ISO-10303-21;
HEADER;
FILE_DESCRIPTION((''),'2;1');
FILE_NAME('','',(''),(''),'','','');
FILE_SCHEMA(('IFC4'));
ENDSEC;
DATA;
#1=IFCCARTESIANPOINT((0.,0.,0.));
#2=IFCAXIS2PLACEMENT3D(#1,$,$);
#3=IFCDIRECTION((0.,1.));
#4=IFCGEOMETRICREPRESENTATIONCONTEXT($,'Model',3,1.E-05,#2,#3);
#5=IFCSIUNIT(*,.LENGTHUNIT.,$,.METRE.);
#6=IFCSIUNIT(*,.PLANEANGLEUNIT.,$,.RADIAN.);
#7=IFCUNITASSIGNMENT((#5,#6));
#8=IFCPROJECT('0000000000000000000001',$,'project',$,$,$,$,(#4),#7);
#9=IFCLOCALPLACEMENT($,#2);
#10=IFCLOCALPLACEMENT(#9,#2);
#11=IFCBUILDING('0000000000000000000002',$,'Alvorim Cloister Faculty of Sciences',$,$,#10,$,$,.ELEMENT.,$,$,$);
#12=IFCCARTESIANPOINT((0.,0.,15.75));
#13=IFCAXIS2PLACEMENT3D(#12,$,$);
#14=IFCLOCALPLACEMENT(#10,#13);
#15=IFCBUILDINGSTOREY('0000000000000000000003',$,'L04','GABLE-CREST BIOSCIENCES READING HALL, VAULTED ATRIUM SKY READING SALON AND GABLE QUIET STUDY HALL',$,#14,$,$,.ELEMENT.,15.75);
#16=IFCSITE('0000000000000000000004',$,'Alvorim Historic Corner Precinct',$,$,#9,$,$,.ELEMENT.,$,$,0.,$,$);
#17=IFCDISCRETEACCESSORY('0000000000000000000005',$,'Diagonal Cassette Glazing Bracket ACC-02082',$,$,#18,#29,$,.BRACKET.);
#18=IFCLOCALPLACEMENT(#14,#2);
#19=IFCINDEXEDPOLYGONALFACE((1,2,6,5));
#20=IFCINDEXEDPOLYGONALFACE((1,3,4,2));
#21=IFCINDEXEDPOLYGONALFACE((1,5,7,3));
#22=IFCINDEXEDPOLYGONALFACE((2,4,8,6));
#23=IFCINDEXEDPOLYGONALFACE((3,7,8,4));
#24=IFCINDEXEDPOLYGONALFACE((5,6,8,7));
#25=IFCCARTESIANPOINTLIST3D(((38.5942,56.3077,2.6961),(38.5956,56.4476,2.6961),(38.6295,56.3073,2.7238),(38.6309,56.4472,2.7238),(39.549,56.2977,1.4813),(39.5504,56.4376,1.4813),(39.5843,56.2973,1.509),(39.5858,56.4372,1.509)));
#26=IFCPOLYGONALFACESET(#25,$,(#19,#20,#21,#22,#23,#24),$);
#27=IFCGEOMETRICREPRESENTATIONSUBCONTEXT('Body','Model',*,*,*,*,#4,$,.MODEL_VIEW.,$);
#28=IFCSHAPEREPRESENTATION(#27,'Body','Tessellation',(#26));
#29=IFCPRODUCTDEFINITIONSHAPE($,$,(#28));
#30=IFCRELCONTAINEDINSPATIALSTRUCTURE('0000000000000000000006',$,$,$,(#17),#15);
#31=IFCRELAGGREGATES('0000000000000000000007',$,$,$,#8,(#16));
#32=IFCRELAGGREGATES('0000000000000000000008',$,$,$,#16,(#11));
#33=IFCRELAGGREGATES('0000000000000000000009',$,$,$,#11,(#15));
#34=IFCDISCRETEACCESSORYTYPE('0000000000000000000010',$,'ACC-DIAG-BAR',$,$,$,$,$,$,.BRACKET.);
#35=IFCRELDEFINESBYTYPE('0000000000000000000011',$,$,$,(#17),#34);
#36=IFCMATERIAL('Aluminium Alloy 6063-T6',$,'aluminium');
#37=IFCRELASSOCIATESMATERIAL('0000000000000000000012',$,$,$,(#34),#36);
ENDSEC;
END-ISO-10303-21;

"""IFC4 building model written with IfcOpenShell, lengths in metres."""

from ifc_helpers import new_model, si_unit, direction, frame, origin, origin_2d, place, context, subcontext, project, spatial, rectangle, extrude, material, type_object, element, save


model = new_model("IFC4")

# Units and contexts
model_context = context("Model", 3, precision=1e-05, world=origin(), true_north=direction((0.0, 1.0)))
body_context = subcontext(model_context, "Body", "Model", "MODEL_VIEW")
ifc_project = project(units=[si_unit("LENGTHUNIT", "METRE"), si_unit("PLANEANGLEUNIT", "RADIAN")], contexts=[model_context])

# Site, building, storey
site_placement = place(None, origin())
site = spatial("IfcSite", under=ifc_project, at=site_placement, Name="Alvorim Historic Corner Precinct", CompositionType="ELEMENT", RefElevation=0.0)
building_placement = place(site_placement, origin())
building = spatial("IfcBuilding", under=site, at=building_placement, Name="Alvorim Cloister Faculty of Sciences", CompositionType="ELEMENT")
storey_placement = place(building_placement, frame((0.0, 0.0, 15.75)))
storey = spatial("IfcBuildingStorey", under=building, at=storey_placement, Name="L04", Description="GABLE-CREST BIOSCIENCES READING HALL, VAULTED ATRIUM SKY READING SALON AND GABLE QUIET STUDY HALL", CompositionType="ELEMENT", Elevation=15.75)

# Discrete accessory
ifc_material_1 = material(Name="Aluminium Alloy 6063-T6", Category="aluminium")
discrete_accessory_type = type_object("IfcDiscreteAccessoryType", Name="ACC-DIAG-BAR", PredefinedType="BRACKET", material=ifc_material_1)
discrete_accessory_1_placement = place(storey_placement, frame((38.6125, 56.3774, 2.71), z_axis=(0.617934, -0.006478, -0.786203), x_axis=(0.010483, 0.999945, 0.0)))
element("IfcDiscreteAccessory", 1, at=discrete_accessory_1_placement, inside=storey, type_object=discrete_accessory_type, Name="Diagonal Cassette Glazing Bracket ACC-02082", PredefinedType="BRACKET", context=body_context, shape_type="SweptSolid", body=[
    extrude(rectangle(XDim=0.1399, YDim=0.0449, at=origin_2d()), origin(), (0.0, 0.0, 1.0), 1.5452),
])

save(model, "model.ifc")
